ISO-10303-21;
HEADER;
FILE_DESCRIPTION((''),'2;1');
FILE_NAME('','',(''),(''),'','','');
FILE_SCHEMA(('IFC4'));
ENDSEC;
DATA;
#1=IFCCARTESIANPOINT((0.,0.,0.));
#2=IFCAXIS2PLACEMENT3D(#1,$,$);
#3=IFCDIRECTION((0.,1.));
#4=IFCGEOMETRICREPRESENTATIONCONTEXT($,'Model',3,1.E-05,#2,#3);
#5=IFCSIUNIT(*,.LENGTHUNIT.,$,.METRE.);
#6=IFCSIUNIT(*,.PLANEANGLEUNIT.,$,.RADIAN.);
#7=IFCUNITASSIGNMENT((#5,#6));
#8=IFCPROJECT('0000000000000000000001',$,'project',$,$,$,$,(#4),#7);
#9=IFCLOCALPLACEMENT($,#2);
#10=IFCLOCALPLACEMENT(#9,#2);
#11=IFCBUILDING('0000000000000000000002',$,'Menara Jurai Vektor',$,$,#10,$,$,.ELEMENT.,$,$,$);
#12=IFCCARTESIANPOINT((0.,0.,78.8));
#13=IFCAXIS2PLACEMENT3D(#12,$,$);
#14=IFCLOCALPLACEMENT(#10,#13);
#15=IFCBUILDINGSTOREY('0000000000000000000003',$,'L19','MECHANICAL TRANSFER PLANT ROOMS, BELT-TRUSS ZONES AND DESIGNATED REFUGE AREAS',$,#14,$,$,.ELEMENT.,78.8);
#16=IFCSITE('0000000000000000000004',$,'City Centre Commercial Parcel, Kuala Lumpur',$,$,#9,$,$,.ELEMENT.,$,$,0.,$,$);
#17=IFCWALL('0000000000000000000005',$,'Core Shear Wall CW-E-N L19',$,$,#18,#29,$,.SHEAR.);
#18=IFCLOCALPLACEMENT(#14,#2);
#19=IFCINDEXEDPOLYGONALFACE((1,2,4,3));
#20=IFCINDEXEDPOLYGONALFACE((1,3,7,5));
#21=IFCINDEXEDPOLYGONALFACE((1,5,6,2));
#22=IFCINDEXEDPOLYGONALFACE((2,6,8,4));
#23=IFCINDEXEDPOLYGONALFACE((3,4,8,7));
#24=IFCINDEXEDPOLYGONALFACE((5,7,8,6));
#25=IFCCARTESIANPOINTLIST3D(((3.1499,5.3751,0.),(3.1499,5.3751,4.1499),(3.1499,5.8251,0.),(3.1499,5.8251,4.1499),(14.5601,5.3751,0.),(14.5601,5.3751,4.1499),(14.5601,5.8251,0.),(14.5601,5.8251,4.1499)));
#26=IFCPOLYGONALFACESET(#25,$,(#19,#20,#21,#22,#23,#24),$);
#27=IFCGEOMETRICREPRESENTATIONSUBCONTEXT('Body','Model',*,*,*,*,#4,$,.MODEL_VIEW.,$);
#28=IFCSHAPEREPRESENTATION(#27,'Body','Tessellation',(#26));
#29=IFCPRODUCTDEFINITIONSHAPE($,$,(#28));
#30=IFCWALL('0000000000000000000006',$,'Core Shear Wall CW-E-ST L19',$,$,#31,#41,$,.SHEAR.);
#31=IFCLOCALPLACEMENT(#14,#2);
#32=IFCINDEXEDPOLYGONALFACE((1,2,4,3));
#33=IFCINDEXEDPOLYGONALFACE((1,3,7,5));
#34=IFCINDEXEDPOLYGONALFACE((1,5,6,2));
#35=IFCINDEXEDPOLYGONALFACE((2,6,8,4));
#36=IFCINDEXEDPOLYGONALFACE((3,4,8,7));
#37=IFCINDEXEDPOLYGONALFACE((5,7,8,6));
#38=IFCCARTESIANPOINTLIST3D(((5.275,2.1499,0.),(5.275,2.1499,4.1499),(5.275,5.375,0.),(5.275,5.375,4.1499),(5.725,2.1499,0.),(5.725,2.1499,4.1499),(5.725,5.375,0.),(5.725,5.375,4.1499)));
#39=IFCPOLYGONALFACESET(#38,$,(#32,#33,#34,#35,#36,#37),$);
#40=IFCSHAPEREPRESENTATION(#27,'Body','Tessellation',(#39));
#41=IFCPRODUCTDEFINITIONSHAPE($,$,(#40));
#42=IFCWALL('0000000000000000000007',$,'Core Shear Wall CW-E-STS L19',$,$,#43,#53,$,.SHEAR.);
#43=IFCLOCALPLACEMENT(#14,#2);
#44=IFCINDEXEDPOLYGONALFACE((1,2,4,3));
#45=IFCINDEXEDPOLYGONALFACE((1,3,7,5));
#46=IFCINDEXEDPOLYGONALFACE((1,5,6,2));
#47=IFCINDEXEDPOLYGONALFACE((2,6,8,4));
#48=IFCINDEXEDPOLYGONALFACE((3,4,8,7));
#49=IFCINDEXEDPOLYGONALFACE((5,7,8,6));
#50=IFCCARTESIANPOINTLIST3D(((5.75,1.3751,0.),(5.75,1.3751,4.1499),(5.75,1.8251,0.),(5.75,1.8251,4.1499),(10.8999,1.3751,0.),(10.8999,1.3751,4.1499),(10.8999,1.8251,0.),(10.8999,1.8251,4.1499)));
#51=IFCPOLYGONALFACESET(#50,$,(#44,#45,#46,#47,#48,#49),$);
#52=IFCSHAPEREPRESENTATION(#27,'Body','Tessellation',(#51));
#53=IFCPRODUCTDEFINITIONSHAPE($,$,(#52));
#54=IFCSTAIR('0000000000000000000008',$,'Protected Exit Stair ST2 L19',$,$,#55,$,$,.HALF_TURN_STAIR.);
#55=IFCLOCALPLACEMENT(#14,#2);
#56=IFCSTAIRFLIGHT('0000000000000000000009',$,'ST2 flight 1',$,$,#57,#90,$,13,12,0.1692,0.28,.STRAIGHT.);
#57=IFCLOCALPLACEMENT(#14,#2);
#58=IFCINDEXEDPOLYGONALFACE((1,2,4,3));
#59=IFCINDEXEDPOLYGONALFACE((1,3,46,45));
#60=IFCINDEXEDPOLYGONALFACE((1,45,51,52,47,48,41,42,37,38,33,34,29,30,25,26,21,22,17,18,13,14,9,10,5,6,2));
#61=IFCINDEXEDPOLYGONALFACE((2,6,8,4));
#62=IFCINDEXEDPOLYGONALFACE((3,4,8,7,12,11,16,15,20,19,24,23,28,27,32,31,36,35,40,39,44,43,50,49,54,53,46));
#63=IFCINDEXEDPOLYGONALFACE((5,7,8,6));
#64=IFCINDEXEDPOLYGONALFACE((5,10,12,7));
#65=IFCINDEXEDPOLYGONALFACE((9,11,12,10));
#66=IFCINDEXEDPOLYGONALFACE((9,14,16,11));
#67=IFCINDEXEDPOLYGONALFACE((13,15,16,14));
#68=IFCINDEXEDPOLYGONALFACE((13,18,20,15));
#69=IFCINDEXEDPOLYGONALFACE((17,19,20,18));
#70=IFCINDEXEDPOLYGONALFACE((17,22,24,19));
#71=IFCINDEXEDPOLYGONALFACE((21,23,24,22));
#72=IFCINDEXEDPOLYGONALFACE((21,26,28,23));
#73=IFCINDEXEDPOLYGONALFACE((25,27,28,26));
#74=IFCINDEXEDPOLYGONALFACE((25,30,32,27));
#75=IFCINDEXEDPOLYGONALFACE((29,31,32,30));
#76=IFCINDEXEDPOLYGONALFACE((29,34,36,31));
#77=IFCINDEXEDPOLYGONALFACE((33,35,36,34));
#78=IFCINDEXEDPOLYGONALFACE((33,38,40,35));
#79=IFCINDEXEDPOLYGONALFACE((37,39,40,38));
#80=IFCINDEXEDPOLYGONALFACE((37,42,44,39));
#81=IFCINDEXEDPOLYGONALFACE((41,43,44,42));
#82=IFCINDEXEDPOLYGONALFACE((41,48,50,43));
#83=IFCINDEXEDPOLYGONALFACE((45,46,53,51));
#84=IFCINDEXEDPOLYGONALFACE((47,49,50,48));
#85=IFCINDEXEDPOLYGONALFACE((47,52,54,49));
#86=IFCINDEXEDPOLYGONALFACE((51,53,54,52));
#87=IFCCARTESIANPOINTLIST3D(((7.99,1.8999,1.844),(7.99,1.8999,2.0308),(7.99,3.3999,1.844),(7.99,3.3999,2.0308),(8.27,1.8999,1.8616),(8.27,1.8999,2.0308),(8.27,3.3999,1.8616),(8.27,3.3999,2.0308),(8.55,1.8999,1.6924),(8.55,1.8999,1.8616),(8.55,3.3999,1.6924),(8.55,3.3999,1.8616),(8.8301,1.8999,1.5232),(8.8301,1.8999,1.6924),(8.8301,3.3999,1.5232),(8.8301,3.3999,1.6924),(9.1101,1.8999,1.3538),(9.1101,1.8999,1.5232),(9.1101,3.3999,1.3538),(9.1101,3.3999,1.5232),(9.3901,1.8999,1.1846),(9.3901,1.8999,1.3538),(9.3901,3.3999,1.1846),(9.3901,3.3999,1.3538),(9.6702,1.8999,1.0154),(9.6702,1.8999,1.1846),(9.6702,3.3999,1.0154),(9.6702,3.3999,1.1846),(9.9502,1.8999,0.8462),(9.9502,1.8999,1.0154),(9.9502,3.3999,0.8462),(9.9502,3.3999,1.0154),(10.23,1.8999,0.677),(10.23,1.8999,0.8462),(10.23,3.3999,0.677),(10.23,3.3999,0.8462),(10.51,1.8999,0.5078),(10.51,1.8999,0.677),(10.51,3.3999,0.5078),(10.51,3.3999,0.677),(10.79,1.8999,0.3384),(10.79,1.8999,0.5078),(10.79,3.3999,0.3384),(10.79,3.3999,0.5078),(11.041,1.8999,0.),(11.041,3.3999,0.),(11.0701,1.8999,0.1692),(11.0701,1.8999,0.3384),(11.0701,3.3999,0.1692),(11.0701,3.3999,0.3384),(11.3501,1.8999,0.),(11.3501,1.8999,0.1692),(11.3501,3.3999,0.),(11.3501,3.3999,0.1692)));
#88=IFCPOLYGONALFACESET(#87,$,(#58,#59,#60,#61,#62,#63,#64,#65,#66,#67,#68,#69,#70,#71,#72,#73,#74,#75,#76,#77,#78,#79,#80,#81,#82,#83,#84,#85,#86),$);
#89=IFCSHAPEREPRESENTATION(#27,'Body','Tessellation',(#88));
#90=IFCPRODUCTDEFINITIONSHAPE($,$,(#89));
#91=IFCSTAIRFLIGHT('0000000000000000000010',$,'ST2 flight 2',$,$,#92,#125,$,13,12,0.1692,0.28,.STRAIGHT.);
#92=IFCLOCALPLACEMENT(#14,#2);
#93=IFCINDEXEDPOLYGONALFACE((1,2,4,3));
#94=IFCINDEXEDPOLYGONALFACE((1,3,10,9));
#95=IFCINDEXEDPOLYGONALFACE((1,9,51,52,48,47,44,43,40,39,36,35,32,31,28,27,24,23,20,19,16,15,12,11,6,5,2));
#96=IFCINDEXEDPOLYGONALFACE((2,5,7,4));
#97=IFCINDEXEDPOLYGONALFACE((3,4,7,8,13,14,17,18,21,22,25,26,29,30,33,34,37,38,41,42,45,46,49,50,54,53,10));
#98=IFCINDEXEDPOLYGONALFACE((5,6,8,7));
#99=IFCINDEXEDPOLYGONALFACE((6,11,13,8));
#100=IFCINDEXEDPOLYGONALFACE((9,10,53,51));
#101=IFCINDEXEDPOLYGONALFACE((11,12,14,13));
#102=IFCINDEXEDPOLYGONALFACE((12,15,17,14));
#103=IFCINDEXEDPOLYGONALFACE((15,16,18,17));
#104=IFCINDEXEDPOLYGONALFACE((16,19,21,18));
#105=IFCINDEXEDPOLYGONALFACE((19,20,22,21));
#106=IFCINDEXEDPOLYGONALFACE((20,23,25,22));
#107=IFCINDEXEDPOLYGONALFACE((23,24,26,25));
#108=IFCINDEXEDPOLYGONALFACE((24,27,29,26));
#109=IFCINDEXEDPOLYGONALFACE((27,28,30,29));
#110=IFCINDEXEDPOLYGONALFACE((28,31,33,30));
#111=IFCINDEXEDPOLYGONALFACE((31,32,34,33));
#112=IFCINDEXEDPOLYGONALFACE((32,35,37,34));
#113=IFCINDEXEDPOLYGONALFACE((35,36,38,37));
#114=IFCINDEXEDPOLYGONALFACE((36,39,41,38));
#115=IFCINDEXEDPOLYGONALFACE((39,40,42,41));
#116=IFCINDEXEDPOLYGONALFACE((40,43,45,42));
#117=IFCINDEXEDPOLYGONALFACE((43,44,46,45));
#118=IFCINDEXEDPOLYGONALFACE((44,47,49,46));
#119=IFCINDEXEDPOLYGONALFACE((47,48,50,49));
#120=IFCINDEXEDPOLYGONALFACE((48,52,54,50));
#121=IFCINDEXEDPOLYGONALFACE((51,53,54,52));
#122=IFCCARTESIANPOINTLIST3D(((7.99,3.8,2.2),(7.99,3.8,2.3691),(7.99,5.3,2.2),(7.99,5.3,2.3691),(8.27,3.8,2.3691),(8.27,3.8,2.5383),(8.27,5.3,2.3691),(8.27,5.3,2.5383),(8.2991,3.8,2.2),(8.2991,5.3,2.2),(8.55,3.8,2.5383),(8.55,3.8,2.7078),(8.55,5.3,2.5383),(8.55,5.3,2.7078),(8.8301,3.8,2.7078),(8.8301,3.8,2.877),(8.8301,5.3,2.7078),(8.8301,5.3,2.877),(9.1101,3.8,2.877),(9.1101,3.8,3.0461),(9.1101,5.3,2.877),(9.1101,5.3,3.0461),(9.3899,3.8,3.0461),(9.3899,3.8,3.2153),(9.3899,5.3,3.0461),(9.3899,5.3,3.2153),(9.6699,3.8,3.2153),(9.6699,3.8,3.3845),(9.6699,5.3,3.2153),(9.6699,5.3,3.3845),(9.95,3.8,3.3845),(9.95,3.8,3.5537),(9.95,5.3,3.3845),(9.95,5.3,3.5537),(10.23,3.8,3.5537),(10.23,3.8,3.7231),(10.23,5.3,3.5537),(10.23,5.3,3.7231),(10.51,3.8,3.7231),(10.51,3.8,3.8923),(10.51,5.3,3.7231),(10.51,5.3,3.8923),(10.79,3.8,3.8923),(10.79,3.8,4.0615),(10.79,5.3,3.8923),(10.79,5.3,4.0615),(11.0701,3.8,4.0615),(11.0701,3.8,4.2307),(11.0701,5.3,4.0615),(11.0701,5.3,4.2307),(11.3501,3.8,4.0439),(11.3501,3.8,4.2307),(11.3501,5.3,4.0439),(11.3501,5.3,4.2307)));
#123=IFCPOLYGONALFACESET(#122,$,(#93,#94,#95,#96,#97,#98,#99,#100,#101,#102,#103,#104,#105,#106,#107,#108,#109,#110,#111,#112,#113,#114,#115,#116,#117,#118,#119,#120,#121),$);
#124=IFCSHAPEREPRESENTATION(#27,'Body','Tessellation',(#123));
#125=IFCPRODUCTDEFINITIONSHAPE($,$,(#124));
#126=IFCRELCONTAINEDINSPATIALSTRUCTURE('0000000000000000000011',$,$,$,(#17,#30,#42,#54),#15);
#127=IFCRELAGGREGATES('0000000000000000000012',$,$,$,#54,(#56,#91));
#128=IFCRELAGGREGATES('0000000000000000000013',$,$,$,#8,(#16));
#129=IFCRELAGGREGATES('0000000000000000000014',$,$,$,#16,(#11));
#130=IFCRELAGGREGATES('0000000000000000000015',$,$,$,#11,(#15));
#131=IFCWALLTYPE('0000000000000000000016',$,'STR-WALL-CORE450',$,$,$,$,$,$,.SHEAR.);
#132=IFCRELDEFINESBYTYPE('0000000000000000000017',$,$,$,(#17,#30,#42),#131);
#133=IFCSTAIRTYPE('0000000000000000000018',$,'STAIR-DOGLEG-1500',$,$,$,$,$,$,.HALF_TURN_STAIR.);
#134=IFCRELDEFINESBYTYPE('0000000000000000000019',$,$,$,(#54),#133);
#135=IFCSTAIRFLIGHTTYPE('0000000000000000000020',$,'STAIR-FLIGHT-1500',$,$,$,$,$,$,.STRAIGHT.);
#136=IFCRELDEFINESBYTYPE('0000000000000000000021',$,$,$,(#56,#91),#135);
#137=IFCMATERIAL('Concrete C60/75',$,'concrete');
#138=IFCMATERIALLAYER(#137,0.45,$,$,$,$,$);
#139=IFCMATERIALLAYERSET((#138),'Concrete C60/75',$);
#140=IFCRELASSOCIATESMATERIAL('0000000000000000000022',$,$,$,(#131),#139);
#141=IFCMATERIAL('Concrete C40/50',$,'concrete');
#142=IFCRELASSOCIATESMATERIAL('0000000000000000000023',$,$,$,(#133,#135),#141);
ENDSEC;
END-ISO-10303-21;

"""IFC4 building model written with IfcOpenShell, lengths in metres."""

from ifc_helpers import new_model, si_unit, direction, frame, frame_2d, origin, place, context, subcontext, project, spatial, polyline, rectangle, outline, extrude, material, layer, layer_set, type_object, element, aggregate, save


model = new_model("IFC4")

# Units and contexts
model_context = context("Model", 3, precision=1e-05, world=origin(), true_north=direction((0.0, 1.0)))
body_context = subcontext(model_context, "Body", "Model", "MODEL_VIEW")
ifc_project = project(units=[si_unit("LENGTHUNIT", "METRE"), si_unit("PLANEANGLEUNIT", "RADIAN")], contexts=[model_context])

# Site, building, storey
site_placement = place(None, origin())
site = spatial("IfcSite", under=ifc_project, at=site_placement, Name="City Centre Commercial Parcel, Kuala Lumpur", CompositionType="ELEMENT", RefElevation=0.0)
building_placement = place(site_placement, origin())
building = spatial("IfcBuilding", under=site, at=building_placement, Name="Menara Jurai Vektor", CompositionType="ELEMENT")
storey_placement = place(building_placement, frame((0.0, 0.0, 78.8)))
storey = spatial("IfcBuildingStorey", under=building, at=storey_placement, Name="L19", Description="MECHANICAL TRANSFER PLANT ROOMS, BELT-TRUSS ZONES AND DESIGNATED REFUGE AREAS", CompositionType="ELEMENT", Elevation=78.8)

# Shared definitions
ifc_material_1 = material(Name="Concrete C60/75", Category="concrete")

# Shared definitions
ifc_material_2 = material(Name="Concrete C40/50", Category="concrete")

# Walls
ifc_layer_1 = layer(ifc_material_1, 0.45)
ifc_layer_set_1 = layer_set([ifc_layer_1], Name="Concrete C60/75")
wall_type_1 = type_object("IfcWallType", Name="STR-WALL-CORE450", PredefinedType="SHEAR", material=ifc_layer_set_1)
wall_1_placement = place(storey_placement, frame((3.1499, 5.6001, 0.0), z_axis=(0.0, 0.0, 1.0), x_axis=(1.0, 0.0, 0.0)))
element("IfcWall", 1, at=wall_1_placement, inside=storey, type_object=wall_type_1, Name="Core Shear Wall CW-E-N L19", PredefinedType="SHEAR", context=body_context, shape_type="SweptSolid", body=[
    extrude(rectangle(XDim=11.4102, YDim=0.45, at=frame_2d((5.7051, 0.0))), origin(), (0.0, 0.0, 1.0), 4.1499),
])
wall_2_placement = place(storey_placement, frame((5.5, 2.1499, 0.0), z_axis=(0.0, 0.0, 1.0), x_axis=(0.0, 1.0, 0.0)))
element("IfcWall", 2, at=wall_2_placement, inside=storey, type_object=wall_type_1, Name="Core Shear Wall CW-E-ST L19", PredefinedType="SHEAR", context=body_context, shape_type="SweptSolid", body=[
    extrude(rectangle(XDim=3.2251, YDim=0.45, at=frame_2d((1.6125, 0.0))), origin(), (0.0, 0.0, 1.0), 4.1499),
])
wall_3_placement = place(storey_placement, frame((5.75, 1.6001, 0.0), z_axis=(0.0, 0.0, 1.0), x_axis=(1.0, 0.0, 0.0)))
element("IfcWall", 3, at=wall_3_placement, inside=storey, type_object=wall_type_1, Name="Core Shear Wall CW-E-STS L19", PredefinedType="SHEAR", context=body_context, shape_type="SweptSolid", body=[
    extrude(rectangle(XDim=5.1499, YDim=0.45, at=frame_2d((2.575, 0.0))), origin(), (0.0, 0.0, 1.0), 4.1499),
])

# Stair, stair flights
stair_type = type_object("IfcStairType", Name="STAIR-DOGLEG-1500", PredefinedType="HALF_TURN_STAIR", material=ifc_material_2)
stair_placement = place(storey_placement, origin())
stair = element("IfcStair", 4, at=stair_placement, inside=storey, type_object=stair_type, Name="Protected Exit Stair ST2 L19", PredefinedType="HALF_TURN_STAIR")
stair_flight_type = type_object("IfcStairFlightType", Name="STAIR-FLIGHT-1500", PredefinedType="STRAIGHT", material=ifc_material_2)
stair_flight_1_placement = place(storey_placement, frame((11.3501, 2.6499, 0.0), z_axis=(0.0, 0.0, 1.0), x_axis=(-1.0, 0.0, 0.0)))
stair_flight_1 = element("IfcStairFlight", 5, at=stair_flight_1_placement, type_object=stair_flight_type, Name="ST2 flight 1", NumberOfRisers=13, NumberOfTreads=12, PredefinedType="STRAIGHT", RiserHeight=0.1692, TreadLength=0.28, context=body_context, shape_type="SweptSolid", body=[
    extrude(outline(polyline([(0.0, 0.0), (0.0, 0.1692), (0.28, 0.1692), (0.28, 0.3384), (0.5601, 0.3384), (0.5601, 0.5078), (0.8401, 0.5078), (0.8401, 0.677), (1.1201, 0.677), (1.1201, 0.8462), (1.3999, 0.8462), (1.3999, 1.0154), (1.6799, 1.0154), (1.6799, 1.1846), (1.96, 1.1846), (1.96, 1.3538), (2.24, 1.3538), (2.24, 1.5232), (2.52, 1.5232), (2.52, 1.6924), (2.8, 1.6924), (2.8, 1.8616), (3.0801, 1.8616), (3.0801, 2.0308), (3.3601, 2.0308), (3.3601, 2.2), (3.3601, 1.844), (0.3091, 0.0), (0.0, 0.0)])), frame((0.0, 0.75, 0.0), z_axis=(0.0, -1.0, 0.0), x_axis=(1.0, 0.0, 0.0)), (0.0, 0.0, 1.0), 1.5),
])
stair_flight_2_placement = place(storey_placement, frame((7.99, 4.55, 2.2), z_axis=(0.0, 0.0, 1.0), x_axis=(1.0, 0.0, 0.0)))
stair_flight_2 = element("IfcStairFlight", 6, at=stair_flight_2_placement, type_object=stair_flight_type, Name="ST2 flight 2", NumberOfRisers=13, NumberOfTreads=12, PredefinedType="STRAIGHT", RiserHeight=0.1692, TreadLength=0.28, context=body_context, shape_type="SweptSolid", body=[
    extrude(outline(polyline([(0.0, 0.0), (0.0, 0.1692), (0.28, 0.1692), (0.28, 0.3384), (0.5601, 0.3384), (0.5601, 0.5078), (0.8401, 0.5078), (0.8401, 0.677), (1.1201, 0.677), (1.1201, 0.8462), (1.3999, 0.8462), (1.3999, 1.0154), (1.6799, 1.0154), (1.6799, 1.1846), (1.96, 1.1846), (1.96, 1.3538), (2.24, 1.3538), (2.24, 1.5232), (2.52, 1.5232), (2.52, 1.6924), (2.8, 1.6924), (2.8, 1.8616), (3.0801, 1.8616), (3.0801, 2.0308), (3.3601, 2.0308), (3.3601, 2.2), (3.3601, 1.844), (0.3091, 0.0), (0.0, 0.0)])), frame((0.0, 0.75, 0.0), z_axis=(0.0, -1.0, 0.0), x_axis=(1.0, 0.0, 0.0)), (0.0, 0.0, 1.0), 1.5),
])
aggregate(stair, [stair_flight_1, stair_flight_2])

save(model, "model.ifc")
